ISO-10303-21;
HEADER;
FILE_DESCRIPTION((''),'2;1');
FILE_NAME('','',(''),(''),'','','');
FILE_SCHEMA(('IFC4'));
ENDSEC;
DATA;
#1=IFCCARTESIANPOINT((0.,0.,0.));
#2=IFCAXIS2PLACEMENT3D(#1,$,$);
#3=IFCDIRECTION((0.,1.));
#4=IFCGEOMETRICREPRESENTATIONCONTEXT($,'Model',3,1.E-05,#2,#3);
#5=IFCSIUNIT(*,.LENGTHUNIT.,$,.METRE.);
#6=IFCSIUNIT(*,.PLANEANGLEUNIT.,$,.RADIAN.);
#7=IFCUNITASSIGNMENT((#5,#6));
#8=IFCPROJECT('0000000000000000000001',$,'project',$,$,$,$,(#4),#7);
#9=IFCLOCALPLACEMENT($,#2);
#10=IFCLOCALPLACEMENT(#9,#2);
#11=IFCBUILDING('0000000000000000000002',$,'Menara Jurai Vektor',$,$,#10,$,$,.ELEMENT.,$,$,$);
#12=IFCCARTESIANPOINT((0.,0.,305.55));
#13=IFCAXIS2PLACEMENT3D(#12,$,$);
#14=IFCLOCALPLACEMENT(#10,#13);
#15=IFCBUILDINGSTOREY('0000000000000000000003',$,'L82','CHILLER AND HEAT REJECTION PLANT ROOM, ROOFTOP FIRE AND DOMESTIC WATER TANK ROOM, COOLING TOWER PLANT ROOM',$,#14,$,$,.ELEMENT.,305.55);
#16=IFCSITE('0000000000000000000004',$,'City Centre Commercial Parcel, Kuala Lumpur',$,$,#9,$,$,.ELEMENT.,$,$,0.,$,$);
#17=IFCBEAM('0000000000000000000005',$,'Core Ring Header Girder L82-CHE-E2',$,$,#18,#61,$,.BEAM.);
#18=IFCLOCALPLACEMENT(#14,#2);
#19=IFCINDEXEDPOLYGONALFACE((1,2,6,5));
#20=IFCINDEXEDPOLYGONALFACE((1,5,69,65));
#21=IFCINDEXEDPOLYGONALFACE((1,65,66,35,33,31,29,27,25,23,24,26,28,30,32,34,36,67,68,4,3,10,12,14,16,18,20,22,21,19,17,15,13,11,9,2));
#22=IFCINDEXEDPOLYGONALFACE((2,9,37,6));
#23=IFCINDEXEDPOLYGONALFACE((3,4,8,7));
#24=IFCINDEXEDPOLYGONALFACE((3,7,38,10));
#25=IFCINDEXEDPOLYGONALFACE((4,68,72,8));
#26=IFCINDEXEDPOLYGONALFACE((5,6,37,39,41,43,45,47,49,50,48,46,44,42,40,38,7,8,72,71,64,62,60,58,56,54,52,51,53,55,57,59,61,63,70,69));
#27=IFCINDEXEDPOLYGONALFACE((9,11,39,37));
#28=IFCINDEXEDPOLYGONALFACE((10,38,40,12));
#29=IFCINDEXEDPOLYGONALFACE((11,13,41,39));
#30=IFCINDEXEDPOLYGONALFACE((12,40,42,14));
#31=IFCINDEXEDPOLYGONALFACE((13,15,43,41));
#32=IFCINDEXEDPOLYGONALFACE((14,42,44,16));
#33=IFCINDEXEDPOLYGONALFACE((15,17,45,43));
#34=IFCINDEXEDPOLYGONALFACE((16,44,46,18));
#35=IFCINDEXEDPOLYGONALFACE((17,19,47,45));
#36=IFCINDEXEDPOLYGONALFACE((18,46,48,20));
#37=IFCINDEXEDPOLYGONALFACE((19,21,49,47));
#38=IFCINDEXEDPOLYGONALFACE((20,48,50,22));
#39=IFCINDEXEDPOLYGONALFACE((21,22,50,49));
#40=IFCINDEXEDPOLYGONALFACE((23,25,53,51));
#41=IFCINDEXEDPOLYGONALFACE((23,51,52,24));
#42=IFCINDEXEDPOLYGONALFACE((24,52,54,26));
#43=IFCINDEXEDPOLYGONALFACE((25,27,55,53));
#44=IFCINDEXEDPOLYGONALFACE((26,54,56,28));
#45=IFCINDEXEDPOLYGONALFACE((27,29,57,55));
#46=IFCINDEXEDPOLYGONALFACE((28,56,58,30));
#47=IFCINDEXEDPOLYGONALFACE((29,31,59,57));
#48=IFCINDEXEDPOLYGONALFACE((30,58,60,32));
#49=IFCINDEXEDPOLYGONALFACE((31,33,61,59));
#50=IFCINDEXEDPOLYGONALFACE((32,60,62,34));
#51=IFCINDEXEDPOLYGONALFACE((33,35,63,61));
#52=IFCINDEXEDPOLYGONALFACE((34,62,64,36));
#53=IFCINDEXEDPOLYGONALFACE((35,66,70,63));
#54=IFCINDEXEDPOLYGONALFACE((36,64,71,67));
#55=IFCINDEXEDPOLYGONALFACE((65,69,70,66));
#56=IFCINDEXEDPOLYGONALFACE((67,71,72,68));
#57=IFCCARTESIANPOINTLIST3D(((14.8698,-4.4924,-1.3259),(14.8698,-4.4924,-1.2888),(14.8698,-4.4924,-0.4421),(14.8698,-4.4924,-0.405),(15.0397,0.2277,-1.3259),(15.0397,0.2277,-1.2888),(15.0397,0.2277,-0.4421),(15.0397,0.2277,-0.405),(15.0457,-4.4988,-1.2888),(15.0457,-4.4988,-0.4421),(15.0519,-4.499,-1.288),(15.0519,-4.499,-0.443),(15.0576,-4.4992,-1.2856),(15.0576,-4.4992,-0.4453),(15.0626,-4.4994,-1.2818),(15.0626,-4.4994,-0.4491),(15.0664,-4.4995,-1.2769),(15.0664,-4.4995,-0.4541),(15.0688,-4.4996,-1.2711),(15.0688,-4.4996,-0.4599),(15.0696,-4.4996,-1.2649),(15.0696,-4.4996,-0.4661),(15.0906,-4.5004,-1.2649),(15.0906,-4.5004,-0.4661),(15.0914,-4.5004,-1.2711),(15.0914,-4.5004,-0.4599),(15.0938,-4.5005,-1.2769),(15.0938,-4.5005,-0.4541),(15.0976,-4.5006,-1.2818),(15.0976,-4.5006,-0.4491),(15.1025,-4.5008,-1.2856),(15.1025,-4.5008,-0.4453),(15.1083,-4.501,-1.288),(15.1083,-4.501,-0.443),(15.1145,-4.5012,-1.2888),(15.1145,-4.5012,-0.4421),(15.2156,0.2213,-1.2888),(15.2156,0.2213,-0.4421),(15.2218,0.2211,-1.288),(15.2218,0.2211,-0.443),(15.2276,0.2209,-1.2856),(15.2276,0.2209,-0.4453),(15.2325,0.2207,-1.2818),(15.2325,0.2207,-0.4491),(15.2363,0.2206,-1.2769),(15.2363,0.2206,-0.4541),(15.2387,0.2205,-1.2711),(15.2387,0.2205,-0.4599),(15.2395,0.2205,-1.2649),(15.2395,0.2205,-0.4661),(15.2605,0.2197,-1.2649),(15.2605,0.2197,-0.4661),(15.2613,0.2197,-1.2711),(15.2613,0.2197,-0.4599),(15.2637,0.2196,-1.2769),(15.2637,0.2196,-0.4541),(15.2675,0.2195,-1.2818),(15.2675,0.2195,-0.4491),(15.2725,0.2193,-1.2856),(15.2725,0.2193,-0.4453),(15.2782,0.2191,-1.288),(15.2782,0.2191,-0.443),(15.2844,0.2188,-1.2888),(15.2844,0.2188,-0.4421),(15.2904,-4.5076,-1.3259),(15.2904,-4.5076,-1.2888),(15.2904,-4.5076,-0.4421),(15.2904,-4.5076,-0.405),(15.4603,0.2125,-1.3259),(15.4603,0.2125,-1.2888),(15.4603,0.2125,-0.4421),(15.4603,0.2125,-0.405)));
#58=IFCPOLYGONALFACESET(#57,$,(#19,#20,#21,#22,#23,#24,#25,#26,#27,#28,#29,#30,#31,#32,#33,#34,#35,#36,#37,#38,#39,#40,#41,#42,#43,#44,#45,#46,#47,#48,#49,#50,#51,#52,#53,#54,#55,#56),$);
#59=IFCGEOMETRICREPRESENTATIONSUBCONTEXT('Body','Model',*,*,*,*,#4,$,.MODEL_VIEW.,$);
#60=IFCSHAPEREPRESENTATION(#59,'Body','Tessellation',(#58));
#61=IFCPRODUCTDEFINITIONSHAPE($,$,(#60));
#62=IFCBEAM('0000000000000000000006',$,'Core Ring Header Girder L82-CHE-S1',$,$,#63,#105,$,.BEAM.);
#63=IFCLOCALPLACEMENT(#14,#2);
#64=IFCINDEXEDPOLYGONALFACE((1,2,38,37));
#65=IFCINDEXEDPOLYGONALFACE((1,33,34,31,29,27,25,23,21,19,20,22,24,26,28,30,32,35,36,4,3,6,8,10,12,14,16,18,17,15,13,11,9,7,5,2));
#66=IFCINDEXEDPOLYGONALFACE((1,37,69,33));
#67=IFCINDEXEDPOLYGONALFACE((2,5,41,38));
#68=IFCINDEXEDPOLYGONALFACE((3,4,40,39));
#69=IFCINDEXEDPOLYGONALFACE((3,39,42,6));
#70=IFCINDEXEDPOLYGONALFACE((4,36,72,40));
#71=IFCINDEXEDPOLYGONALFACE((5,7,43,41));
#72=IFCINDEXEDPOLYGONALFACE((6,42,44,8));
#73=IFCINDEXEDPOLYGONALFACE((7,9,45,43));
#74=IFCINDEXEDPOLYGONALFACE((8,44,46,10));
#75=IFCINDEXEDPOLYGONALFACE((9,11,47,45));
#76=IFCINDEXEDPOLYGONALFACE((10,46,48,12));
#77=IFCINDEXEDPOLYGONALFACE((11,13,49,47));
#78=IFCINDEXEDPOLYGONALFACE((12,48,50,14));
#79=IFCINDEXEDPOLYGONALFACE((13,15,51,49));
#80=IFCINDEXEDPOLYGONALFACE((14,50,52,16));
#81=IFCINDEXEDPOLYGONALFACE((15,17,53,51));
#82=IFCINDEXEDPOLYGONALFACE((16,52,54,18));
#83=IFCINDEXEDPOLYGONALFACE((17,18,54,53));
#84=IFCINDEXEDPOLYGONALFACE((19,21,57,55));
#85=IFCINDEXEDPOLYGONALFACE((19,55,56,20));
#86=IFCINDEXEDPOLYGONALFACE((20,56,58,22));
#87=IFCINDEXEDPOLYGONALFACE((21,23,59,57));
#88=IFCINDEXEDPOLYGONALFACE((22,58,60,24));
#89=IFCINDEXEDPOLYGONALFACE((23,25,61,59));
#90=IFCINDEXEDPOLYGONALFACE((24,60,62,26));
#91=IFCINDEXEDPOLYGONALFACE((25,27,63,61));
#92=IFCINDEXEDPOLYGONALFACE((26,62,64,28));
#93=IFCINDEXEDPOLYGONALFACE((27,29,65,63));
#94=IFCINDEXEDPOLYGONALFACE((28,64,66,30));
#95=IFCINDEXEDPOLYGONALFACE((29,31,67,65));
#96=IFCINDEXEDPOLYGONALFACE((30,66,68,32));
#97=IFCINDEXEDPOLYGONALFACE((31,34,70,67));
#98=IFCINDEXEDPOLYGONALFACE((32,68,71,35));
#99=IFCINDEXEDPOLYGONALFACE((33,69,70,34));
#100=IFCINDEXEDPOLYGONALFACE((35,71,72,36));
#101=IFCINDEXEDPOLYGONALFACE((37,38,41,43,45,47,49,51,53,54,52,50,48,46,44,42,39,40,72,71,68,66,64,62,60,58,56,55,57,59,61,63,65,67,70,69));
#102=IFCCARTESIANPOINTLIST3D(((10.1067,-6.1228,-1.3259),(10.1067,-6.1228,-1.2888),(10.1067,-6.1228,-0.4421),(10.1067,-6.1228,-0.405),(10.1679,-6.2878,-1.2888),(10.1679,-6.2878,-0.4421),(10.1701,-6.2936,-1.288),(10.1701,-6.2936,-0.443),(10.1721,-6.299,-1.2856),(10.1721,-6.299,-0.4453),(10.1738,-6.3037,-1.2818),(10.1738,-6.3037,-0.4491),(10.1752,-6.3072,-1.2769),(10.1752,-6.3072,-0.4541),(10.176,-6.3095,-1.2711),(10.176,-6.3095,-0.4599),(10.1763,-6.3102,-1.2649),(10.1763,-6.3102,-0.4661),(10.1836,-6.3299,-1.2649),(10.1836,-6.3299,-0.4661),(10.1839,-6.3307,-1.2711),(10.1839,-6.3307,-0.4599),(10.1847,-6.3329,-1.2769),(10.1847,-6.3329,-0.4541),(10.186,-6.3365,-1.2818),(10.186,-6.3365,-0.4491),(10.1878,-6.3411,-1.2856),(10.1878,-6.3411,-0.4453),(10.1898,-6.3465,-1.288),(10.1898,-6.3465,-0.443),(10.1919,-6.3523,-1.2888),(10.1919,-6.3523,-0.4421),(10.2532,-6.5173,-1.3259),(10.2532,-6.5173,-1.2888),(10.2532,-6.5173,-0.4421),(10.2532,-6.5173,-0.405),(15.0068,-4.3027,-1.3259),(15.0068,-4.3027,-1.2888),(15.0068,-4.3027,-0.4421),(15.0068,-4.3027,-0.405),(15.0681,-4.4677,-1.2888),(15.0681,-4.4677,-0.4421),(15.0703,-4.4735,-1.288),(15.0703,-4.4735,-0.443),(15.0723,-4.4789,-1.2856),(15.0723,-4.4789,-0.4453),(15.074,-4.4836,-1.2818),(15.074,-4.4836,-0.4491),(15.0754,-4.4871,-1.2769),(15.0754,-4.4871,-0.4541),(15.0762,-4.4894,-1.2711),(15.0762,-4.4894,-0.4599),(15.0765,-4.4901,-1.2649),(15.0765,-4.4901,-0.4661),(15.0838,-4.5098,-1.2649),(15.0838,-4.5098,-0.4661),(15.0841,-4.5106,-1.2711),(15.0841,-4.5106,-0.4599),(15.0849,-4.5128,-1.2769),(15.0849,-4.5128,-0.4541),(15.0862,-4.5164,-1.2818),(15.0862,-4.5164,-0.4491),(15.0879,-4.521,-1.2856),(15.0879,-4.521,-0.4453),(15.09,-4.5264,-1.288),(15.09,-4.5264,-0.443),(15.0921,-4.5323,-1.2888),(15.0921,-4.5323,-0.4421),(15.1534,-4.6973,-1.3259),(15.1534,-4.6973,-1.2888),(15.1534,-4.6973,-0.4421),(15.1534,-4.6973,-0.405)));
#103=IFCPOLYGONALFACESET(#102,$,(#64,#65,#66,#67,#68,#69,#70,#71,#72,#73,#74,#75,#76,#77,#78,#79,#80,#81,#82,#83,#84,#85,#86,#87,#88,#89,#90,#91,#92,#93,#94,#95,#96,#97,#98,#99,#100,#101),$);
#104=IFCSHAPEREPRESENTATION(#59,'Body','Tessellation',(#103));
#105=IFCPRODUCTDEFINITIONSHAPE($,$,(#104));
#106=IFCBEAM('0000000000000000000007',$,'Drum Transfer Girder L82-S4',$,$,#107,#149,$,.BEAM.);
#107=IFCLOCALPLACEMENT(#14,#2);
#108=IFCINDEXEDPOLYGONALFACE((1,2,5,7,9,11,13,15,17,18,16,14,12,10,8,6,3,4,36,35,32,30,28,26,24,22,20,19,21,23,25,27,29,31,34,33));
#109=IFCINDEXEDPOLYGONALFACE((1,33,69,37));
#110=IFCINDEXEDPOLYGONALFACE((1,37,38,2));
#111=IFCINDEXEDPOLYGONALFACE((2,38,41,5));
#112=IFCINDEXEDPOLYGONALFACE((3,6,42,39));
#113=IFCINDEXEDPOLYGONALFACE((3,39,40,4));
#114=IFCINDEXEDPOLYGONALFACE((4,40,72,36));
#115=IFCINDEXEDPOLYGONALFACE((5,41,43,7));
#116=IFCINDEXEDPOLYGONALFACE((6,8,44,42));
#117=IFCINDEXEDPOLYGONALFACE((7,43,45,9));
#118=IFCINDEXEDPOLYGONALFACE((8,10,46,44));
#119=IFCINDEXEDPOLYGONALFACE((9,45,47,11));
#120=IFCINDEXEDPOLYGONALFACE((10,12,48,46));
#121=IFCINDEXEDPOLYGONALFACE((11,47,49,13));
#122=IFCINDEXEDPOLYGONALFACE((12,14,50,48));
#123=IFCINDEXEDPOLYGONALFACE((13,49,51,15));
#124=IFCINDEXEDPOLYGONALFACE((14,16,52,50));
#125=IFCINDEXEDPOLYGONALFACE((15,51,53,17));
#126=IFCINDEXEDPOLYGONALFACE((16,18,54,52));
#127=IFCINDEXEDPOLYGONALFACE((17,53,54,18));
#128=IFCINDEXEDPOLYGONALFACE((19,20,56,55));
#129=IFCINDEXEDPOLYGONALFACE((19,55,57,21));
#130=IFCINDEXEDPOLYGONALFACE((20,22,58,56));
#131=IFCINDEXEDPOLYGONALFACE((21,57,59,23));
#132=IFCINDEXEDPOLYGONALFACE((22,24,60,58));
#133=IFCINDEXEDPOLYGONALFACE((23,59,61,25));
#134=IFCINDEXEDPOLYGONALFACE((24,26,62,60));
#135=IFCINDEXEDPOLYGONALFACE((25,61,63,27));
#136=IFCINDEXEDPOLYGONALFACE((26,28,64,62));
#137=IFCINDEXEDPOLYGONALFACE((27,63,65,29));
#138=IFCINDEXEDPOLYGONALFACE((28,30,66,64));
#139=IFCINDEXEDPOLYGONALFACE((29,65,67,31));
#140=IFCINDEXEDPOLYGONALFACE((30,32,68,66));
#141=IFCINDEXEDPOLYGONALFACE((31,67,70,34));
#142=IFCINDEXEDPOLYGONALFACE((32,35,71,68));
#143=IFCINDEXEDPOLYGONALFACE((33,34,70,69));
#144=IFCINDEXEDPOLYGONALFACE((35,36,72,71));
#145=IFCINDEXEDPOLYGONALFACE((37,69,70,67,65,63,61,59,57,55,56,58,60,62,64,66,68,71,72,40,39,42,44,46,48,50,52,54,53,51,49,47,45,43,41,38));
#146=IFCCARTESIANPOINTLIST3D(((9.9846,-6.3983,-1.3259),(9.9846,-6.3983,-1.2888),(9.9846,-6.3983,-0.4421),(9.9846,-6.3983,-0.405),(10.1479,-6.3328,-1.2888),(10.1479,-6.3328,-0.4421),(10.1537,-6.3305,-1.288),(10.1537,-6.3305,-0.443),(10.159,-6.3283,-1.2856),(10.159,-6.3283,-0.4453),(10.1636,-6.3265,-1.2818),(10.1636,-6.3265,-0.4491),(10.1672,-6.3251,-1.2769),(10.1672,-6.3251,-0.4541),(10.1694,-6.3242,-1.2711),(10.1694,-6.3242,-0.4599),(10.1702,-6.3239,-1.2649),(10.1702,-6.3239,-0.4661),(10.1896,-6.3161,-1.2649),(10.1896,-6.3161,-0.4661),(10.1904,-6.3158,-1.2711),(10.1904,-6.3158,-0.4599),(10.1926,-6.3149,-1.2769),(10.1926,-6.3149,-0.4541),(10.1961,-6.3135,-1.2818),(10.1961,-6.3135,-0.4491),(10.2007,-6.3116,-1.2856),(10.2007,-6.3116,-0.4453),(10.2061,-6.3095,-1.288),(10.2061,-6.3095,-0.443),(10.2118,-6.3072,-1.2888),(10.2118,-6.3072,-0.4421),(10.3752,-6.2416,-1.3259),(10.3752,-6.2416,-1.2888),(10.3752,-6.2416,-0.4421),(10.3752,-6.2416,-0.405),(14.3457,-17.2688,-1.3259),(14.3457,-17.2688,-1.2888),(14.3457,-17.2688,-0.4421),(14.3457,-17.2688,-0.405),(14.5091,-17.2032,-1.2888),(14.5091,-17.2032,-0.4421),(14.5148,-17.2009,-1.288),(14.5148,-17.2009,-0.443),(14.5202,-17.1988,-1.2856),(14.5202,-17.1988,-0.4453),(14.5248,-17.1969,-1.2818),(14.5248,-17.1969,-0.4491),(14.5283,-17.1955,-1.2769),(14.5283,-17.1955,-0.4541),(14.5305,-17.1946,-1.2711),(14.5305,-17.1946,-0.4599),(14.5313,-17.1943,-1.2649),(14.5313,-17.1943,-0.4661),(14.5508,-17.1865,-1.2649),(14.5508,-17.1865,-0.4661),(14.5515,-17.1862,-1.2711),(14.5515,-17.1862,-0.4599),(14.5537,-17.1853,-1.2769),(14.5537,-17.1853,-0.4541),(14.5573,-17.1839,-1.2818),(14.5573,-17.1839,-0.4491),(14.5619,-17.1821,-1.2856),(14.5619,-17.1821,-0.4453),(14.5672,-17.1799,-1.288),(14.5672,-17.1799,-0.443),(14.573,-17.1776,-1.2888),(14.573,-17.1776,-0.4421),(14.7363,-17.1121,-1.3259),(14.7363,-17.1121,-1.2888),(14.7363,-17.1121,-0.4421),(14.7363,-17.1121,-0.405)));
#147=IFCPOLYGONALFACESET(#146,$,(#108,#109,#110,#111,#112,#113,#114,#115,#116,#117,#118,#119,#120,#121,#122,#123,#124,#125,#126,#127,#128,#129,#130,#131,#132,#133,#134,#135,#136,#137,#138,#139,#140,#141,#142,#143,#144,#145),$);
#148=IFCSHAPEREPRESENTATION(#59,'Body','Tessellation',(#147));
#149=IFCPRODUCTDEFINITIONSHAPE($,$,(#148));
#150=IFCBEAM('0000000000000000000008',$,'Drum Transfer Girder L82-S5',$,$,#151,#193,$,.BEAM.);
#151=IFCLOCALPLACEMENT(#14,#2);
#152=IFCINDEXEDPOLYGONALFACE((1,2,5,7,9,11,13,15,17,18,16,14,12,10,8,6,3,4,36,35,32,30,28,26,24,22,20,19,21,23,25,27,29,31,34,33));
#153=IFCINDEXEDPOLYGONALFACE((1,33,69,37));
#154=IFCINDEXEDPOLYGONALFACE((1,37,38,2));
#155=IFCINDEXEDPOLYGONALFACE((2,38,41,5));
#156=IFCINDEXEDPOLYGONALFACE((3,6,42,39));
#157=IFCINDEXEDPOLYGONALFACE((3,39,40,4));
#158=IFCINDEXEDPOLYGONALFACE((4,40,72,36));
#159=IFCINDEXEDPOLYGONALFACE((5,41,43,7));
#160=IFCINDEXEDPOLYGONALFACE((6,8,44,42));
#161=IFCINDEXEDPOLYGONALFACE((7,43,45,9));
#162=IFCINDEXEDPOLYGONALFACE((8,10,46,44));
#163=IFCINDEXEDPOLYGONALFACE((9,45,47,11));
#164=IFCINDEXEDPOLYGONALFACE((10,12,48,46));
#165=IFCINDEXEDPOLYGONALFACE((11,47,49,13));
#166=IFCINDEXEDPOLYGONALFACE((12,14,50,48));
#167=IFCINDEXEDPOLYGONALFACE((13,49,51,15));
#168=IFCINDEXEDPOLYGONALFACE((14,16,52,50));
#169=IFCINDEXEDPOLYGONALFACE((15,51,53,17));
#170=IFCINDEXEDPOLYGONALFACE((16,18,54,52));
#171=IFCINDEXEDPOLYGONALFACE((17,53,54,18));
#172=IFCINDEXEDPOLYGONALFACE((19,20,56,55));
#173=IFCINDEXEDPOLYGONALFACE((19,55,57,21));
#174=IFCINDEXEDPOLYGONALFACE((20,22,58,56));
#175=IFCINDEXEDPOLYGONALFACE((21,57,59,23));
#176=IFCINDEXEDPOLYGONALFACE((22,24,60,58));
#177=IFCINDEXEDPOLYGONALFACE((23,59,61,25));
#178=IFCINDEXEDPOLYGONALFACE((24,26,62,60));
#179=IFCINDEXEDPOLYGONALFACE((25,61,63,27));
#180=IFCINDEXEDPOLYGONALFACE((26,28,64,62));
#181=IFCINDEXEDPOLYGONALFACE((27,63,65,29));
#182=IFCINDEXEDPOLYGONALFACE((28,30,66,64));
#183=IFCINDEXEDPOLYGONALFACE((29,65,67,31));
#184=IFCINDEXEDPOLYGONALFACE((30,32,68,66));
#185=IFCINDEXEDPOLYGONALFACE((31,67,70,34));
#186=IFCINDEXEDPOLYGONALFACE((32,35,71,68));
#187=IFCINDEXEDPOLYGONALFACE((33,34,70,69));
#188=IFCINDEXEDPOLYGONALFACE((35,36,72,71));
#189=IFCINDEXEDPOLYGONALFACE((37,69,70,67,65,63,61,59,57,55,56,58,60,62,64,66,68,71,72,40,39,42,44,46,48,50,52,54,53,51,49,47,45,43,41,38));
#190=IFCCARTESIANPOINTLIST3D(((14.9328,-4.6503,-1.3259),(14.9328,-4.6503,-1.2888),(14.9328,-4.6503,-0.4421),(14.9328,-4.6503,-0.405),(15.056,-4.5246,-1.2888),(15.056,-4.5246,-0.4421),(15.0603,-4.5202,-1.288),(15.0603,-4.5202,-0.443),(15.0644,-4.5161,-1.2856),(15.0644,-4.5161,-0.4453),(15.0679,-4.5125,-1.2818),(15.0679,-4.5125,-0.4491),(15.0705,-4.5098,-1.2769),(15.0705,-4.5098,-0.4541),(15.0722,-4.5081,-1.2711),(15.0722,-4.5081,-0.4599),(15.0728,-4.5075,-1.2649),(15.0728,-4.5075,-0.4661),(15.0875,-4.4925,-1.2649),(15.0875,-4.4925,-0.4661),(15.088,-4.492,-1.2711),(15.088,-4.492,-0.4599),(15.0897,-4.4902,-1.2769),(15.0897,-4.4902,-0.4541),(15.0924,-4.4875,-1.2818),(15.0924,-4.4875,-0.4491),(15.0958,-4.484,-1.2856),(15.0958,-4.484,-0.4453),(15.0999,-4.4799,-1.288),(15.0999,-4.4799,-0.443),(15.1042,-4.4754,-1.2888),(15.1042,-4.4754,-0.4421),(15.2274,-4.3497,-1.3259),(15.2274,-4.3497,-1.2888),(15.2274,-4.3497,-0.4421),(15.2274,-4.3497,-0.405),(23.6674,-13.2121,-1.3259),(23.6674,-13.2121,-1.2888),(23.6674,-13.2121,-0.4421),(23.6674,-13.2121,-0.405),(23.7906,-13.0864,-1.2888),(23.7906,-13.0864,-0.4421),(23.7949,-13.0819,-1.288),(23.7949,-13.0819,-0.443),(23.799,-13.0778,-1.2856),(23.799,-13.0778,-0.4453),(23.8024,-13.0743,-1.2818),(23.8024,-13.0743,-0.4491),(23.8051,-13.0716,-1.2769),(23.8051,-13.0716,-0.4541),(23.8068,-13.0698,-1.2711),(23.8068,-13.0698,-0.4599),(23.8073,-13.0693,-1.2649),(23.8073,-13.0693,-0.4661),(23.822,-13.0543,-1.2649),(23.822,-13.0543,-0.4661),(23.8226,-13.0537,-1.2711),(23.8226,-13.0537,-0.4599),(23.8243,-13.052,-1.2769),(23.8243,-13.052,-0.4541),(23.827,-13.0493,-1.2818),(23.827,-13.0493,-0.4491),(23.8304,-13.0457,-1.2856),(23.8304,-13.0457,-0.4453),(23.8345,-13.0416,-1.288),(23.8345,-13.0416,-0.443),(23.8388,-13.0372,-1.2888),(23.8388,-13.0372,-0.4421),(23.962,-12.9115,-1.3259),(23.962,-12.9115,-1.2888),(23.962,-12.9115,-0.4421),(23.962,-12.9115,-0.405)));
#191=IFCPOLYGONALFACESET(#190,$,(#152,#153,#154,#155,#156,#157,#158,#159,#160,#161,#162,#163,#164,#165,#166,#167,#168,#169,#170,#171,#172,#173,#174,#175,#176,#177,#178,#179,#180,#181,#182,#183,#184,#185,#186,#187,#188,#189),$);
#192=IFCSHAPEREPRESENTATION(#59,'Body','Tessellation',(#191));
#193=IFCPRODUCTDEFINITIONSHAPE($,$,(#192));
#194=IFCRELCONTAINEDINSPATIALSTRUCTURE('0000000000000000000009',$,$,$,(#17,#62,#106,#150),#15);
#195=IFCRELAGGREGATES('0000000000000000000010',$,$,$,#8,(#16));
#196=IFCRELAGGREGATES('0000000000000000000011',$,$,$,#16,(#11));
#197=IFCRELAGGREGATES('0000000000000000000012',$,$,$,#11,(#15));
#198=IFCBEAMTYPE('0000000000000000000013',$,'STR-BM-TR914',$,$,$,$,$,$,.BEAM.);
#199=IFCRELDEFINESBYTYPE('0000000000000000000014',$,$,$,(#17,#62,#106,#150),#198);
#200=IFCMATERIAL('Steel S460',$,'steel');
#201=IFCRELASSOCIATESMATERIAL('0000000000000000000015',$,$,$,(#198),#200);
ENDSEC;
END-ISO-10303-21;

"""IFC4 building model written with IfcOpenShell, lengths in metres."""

from ifc_helpers import new_model, si_unit, direction, frame, origin, origin_2d, place, context, subcontext, project, spatial, i_section, extrude, material, material_profile, profile_set, type_object, element, save


model = new_model("IFC4")

# Units and contexts
model_context = context("Model", 3, precision=1e-05, world=origin(), true_north=direction((0.0, 1.0)))
body_context = subcontext(model_context, "Body", "Model", "MODEL_VIEW")
ifc_project = project(units=[si_unit("LENGTHUNIT", "METRE"), si_unit("PLANEANGLEUNIT", "RADIAN")], contexts=[model_context])

# Site, building, storey
site_placement = place(None, origin())
site = spatial("IfcSite", under=ifc_project, at=site_placement, Name="City Centre Commercial Parcel, Kuala Lumpur", CompositionType="ELEMENT", RefElevation=0.0)
building_placement = place(site_placement, origin())
building = spatial("IfcBuilding", under=site, at=building_placement, Name="Menara Jurai Vektor", CompositionType="ELEMENT")
storey_placement = place(building_placement, frame((0.0, 0.0, 305.55)))
storey = spatial("IfcBuildingStorey", under=building, at=storey_placement, Name="L82", Description="CHILLER AND HEAT REJECTION PLANT ROOM, ROOFTOP FIRE AND DOMESTIC WATER TANK ROOM, COOLING TOWER PLANT ROOM", CompositionType="ELEMENT", Elevation=305.55)

# Shared definitions
ifc_material_1 = material(Name="Steel S460", Category="steel")

# Beams
ifc_material_profile_1 = material_profile(ifc_material_1, i_section(OverallWidth=0.4209, OverallDepth=0.9209, WebThickness=0.021, FlangeThickness=0.0371, FilletRadius=0.0239, at=origin_2d()), Name="UKB 914x419x388")
ifc_profile_set_1 = profile_set([ifc_material_profile_1], Name="Steel S460")
beam_type_1 = type_object("IfcBeamType", Name="STR-BM-TR914", PredefinedType="BEAM", material=ifc_profile_set_1)
beam_1_placement = place(storey_placement, frame((15.0801, -4.5, -0.8655), z_axis=(0.035977, 0.999353, 0.0), x_axis=(-0.999353, 0.035977, 0.0)))
element("IfcBeam", 1, at=beam_1_placement, inside=storey, type_object=beam_type_1, Name="Core Ring Header Girder L82-CHE-E2", PredefinedType="BEAM", context=body_context, shape_type="SweptSolid", body=[
    extrude(i_section(OverallWidth=0.4209, OverallDepth=0.9209, WebThickness=0.021, FlangeThickness=0.0371, FilletRadius=0.0239, at=origin_2d()), origin(), (0.0, 0.0, 1.0), 4.7231),
])
beam_2_placement = place(storey_placement, frame((10.1799, -6.3201, -0.8655), z_axis=(0.937424, 0.348189, 0.0), x_axis=(-0.348189, 0.937424, 0.0)))
element("IfcBeam", 2, at=beam_2_placement, inside=storey, type_object=beam_type_1, Name="Core Ring Header Girder L82-CHE-S1", PredefinedType="BEAM", context=body_context, shape_type="SweptSolid", body=[
    extrude(i_section(OverallWidth=0.4209, OverallDepth=0.9209, WebThickness=0.021, FlangeThickness=0.0371, FilletRadius=0.0239, at=origin_2d()), origin(), (0.0, 0.0, 1.0), 5.2273),
])
beam_3_placement = place(storey_placement, frame((14.541, -17.1904, -0.8655), z_axis=(-0.372343, 0.928095, 0.0), x_axis=(-0.928095, -0.372343, 0.0)))
element("IfcBeam", 3, at=beam_3_placement, inside=storey, type_object=beam_type_1, Name="Drum Transfer Girder L82-S4", PredefinedType="BEAM", context=body_context, shape_type="SweptSolid", body=[
    extrude(i_section(OverallWidth=0.4209, OverallDepth=0.9209, WebThickness=0.021, FlangeThickness=0.0371, FilletRadius=0.0239, at=origin_2d()), origin(), (0.0, 0.0, 1.0), 11.7126),
])
beam_4_placement = place(storey_placement, frame((23.8147, -13.0618, -0.8655), z_axis=(-0.714138, 0.700005, 0.0), x_axis=(-0.700005, -0.714138, 0.0)))
element("IfcBeam", 4, at=beam_4_placement, inside=storey, type_object=beam_type_1, Name="Drum Transfer Girder L82-S5", PredefinedType="BEAM", context=body_context, shape_type="SweptSolid", body=[
    extrude(i_section(OverallWidth=0.4209, OverallDepth=0.9209, WebThickness=0.021, FlangeThickness=0.0371, FilletRadius=0.0239, at=origin_2d()), origin(), (0.0, 0.0, 1.0), 12.231),
])

save(model, "model.ifc")
